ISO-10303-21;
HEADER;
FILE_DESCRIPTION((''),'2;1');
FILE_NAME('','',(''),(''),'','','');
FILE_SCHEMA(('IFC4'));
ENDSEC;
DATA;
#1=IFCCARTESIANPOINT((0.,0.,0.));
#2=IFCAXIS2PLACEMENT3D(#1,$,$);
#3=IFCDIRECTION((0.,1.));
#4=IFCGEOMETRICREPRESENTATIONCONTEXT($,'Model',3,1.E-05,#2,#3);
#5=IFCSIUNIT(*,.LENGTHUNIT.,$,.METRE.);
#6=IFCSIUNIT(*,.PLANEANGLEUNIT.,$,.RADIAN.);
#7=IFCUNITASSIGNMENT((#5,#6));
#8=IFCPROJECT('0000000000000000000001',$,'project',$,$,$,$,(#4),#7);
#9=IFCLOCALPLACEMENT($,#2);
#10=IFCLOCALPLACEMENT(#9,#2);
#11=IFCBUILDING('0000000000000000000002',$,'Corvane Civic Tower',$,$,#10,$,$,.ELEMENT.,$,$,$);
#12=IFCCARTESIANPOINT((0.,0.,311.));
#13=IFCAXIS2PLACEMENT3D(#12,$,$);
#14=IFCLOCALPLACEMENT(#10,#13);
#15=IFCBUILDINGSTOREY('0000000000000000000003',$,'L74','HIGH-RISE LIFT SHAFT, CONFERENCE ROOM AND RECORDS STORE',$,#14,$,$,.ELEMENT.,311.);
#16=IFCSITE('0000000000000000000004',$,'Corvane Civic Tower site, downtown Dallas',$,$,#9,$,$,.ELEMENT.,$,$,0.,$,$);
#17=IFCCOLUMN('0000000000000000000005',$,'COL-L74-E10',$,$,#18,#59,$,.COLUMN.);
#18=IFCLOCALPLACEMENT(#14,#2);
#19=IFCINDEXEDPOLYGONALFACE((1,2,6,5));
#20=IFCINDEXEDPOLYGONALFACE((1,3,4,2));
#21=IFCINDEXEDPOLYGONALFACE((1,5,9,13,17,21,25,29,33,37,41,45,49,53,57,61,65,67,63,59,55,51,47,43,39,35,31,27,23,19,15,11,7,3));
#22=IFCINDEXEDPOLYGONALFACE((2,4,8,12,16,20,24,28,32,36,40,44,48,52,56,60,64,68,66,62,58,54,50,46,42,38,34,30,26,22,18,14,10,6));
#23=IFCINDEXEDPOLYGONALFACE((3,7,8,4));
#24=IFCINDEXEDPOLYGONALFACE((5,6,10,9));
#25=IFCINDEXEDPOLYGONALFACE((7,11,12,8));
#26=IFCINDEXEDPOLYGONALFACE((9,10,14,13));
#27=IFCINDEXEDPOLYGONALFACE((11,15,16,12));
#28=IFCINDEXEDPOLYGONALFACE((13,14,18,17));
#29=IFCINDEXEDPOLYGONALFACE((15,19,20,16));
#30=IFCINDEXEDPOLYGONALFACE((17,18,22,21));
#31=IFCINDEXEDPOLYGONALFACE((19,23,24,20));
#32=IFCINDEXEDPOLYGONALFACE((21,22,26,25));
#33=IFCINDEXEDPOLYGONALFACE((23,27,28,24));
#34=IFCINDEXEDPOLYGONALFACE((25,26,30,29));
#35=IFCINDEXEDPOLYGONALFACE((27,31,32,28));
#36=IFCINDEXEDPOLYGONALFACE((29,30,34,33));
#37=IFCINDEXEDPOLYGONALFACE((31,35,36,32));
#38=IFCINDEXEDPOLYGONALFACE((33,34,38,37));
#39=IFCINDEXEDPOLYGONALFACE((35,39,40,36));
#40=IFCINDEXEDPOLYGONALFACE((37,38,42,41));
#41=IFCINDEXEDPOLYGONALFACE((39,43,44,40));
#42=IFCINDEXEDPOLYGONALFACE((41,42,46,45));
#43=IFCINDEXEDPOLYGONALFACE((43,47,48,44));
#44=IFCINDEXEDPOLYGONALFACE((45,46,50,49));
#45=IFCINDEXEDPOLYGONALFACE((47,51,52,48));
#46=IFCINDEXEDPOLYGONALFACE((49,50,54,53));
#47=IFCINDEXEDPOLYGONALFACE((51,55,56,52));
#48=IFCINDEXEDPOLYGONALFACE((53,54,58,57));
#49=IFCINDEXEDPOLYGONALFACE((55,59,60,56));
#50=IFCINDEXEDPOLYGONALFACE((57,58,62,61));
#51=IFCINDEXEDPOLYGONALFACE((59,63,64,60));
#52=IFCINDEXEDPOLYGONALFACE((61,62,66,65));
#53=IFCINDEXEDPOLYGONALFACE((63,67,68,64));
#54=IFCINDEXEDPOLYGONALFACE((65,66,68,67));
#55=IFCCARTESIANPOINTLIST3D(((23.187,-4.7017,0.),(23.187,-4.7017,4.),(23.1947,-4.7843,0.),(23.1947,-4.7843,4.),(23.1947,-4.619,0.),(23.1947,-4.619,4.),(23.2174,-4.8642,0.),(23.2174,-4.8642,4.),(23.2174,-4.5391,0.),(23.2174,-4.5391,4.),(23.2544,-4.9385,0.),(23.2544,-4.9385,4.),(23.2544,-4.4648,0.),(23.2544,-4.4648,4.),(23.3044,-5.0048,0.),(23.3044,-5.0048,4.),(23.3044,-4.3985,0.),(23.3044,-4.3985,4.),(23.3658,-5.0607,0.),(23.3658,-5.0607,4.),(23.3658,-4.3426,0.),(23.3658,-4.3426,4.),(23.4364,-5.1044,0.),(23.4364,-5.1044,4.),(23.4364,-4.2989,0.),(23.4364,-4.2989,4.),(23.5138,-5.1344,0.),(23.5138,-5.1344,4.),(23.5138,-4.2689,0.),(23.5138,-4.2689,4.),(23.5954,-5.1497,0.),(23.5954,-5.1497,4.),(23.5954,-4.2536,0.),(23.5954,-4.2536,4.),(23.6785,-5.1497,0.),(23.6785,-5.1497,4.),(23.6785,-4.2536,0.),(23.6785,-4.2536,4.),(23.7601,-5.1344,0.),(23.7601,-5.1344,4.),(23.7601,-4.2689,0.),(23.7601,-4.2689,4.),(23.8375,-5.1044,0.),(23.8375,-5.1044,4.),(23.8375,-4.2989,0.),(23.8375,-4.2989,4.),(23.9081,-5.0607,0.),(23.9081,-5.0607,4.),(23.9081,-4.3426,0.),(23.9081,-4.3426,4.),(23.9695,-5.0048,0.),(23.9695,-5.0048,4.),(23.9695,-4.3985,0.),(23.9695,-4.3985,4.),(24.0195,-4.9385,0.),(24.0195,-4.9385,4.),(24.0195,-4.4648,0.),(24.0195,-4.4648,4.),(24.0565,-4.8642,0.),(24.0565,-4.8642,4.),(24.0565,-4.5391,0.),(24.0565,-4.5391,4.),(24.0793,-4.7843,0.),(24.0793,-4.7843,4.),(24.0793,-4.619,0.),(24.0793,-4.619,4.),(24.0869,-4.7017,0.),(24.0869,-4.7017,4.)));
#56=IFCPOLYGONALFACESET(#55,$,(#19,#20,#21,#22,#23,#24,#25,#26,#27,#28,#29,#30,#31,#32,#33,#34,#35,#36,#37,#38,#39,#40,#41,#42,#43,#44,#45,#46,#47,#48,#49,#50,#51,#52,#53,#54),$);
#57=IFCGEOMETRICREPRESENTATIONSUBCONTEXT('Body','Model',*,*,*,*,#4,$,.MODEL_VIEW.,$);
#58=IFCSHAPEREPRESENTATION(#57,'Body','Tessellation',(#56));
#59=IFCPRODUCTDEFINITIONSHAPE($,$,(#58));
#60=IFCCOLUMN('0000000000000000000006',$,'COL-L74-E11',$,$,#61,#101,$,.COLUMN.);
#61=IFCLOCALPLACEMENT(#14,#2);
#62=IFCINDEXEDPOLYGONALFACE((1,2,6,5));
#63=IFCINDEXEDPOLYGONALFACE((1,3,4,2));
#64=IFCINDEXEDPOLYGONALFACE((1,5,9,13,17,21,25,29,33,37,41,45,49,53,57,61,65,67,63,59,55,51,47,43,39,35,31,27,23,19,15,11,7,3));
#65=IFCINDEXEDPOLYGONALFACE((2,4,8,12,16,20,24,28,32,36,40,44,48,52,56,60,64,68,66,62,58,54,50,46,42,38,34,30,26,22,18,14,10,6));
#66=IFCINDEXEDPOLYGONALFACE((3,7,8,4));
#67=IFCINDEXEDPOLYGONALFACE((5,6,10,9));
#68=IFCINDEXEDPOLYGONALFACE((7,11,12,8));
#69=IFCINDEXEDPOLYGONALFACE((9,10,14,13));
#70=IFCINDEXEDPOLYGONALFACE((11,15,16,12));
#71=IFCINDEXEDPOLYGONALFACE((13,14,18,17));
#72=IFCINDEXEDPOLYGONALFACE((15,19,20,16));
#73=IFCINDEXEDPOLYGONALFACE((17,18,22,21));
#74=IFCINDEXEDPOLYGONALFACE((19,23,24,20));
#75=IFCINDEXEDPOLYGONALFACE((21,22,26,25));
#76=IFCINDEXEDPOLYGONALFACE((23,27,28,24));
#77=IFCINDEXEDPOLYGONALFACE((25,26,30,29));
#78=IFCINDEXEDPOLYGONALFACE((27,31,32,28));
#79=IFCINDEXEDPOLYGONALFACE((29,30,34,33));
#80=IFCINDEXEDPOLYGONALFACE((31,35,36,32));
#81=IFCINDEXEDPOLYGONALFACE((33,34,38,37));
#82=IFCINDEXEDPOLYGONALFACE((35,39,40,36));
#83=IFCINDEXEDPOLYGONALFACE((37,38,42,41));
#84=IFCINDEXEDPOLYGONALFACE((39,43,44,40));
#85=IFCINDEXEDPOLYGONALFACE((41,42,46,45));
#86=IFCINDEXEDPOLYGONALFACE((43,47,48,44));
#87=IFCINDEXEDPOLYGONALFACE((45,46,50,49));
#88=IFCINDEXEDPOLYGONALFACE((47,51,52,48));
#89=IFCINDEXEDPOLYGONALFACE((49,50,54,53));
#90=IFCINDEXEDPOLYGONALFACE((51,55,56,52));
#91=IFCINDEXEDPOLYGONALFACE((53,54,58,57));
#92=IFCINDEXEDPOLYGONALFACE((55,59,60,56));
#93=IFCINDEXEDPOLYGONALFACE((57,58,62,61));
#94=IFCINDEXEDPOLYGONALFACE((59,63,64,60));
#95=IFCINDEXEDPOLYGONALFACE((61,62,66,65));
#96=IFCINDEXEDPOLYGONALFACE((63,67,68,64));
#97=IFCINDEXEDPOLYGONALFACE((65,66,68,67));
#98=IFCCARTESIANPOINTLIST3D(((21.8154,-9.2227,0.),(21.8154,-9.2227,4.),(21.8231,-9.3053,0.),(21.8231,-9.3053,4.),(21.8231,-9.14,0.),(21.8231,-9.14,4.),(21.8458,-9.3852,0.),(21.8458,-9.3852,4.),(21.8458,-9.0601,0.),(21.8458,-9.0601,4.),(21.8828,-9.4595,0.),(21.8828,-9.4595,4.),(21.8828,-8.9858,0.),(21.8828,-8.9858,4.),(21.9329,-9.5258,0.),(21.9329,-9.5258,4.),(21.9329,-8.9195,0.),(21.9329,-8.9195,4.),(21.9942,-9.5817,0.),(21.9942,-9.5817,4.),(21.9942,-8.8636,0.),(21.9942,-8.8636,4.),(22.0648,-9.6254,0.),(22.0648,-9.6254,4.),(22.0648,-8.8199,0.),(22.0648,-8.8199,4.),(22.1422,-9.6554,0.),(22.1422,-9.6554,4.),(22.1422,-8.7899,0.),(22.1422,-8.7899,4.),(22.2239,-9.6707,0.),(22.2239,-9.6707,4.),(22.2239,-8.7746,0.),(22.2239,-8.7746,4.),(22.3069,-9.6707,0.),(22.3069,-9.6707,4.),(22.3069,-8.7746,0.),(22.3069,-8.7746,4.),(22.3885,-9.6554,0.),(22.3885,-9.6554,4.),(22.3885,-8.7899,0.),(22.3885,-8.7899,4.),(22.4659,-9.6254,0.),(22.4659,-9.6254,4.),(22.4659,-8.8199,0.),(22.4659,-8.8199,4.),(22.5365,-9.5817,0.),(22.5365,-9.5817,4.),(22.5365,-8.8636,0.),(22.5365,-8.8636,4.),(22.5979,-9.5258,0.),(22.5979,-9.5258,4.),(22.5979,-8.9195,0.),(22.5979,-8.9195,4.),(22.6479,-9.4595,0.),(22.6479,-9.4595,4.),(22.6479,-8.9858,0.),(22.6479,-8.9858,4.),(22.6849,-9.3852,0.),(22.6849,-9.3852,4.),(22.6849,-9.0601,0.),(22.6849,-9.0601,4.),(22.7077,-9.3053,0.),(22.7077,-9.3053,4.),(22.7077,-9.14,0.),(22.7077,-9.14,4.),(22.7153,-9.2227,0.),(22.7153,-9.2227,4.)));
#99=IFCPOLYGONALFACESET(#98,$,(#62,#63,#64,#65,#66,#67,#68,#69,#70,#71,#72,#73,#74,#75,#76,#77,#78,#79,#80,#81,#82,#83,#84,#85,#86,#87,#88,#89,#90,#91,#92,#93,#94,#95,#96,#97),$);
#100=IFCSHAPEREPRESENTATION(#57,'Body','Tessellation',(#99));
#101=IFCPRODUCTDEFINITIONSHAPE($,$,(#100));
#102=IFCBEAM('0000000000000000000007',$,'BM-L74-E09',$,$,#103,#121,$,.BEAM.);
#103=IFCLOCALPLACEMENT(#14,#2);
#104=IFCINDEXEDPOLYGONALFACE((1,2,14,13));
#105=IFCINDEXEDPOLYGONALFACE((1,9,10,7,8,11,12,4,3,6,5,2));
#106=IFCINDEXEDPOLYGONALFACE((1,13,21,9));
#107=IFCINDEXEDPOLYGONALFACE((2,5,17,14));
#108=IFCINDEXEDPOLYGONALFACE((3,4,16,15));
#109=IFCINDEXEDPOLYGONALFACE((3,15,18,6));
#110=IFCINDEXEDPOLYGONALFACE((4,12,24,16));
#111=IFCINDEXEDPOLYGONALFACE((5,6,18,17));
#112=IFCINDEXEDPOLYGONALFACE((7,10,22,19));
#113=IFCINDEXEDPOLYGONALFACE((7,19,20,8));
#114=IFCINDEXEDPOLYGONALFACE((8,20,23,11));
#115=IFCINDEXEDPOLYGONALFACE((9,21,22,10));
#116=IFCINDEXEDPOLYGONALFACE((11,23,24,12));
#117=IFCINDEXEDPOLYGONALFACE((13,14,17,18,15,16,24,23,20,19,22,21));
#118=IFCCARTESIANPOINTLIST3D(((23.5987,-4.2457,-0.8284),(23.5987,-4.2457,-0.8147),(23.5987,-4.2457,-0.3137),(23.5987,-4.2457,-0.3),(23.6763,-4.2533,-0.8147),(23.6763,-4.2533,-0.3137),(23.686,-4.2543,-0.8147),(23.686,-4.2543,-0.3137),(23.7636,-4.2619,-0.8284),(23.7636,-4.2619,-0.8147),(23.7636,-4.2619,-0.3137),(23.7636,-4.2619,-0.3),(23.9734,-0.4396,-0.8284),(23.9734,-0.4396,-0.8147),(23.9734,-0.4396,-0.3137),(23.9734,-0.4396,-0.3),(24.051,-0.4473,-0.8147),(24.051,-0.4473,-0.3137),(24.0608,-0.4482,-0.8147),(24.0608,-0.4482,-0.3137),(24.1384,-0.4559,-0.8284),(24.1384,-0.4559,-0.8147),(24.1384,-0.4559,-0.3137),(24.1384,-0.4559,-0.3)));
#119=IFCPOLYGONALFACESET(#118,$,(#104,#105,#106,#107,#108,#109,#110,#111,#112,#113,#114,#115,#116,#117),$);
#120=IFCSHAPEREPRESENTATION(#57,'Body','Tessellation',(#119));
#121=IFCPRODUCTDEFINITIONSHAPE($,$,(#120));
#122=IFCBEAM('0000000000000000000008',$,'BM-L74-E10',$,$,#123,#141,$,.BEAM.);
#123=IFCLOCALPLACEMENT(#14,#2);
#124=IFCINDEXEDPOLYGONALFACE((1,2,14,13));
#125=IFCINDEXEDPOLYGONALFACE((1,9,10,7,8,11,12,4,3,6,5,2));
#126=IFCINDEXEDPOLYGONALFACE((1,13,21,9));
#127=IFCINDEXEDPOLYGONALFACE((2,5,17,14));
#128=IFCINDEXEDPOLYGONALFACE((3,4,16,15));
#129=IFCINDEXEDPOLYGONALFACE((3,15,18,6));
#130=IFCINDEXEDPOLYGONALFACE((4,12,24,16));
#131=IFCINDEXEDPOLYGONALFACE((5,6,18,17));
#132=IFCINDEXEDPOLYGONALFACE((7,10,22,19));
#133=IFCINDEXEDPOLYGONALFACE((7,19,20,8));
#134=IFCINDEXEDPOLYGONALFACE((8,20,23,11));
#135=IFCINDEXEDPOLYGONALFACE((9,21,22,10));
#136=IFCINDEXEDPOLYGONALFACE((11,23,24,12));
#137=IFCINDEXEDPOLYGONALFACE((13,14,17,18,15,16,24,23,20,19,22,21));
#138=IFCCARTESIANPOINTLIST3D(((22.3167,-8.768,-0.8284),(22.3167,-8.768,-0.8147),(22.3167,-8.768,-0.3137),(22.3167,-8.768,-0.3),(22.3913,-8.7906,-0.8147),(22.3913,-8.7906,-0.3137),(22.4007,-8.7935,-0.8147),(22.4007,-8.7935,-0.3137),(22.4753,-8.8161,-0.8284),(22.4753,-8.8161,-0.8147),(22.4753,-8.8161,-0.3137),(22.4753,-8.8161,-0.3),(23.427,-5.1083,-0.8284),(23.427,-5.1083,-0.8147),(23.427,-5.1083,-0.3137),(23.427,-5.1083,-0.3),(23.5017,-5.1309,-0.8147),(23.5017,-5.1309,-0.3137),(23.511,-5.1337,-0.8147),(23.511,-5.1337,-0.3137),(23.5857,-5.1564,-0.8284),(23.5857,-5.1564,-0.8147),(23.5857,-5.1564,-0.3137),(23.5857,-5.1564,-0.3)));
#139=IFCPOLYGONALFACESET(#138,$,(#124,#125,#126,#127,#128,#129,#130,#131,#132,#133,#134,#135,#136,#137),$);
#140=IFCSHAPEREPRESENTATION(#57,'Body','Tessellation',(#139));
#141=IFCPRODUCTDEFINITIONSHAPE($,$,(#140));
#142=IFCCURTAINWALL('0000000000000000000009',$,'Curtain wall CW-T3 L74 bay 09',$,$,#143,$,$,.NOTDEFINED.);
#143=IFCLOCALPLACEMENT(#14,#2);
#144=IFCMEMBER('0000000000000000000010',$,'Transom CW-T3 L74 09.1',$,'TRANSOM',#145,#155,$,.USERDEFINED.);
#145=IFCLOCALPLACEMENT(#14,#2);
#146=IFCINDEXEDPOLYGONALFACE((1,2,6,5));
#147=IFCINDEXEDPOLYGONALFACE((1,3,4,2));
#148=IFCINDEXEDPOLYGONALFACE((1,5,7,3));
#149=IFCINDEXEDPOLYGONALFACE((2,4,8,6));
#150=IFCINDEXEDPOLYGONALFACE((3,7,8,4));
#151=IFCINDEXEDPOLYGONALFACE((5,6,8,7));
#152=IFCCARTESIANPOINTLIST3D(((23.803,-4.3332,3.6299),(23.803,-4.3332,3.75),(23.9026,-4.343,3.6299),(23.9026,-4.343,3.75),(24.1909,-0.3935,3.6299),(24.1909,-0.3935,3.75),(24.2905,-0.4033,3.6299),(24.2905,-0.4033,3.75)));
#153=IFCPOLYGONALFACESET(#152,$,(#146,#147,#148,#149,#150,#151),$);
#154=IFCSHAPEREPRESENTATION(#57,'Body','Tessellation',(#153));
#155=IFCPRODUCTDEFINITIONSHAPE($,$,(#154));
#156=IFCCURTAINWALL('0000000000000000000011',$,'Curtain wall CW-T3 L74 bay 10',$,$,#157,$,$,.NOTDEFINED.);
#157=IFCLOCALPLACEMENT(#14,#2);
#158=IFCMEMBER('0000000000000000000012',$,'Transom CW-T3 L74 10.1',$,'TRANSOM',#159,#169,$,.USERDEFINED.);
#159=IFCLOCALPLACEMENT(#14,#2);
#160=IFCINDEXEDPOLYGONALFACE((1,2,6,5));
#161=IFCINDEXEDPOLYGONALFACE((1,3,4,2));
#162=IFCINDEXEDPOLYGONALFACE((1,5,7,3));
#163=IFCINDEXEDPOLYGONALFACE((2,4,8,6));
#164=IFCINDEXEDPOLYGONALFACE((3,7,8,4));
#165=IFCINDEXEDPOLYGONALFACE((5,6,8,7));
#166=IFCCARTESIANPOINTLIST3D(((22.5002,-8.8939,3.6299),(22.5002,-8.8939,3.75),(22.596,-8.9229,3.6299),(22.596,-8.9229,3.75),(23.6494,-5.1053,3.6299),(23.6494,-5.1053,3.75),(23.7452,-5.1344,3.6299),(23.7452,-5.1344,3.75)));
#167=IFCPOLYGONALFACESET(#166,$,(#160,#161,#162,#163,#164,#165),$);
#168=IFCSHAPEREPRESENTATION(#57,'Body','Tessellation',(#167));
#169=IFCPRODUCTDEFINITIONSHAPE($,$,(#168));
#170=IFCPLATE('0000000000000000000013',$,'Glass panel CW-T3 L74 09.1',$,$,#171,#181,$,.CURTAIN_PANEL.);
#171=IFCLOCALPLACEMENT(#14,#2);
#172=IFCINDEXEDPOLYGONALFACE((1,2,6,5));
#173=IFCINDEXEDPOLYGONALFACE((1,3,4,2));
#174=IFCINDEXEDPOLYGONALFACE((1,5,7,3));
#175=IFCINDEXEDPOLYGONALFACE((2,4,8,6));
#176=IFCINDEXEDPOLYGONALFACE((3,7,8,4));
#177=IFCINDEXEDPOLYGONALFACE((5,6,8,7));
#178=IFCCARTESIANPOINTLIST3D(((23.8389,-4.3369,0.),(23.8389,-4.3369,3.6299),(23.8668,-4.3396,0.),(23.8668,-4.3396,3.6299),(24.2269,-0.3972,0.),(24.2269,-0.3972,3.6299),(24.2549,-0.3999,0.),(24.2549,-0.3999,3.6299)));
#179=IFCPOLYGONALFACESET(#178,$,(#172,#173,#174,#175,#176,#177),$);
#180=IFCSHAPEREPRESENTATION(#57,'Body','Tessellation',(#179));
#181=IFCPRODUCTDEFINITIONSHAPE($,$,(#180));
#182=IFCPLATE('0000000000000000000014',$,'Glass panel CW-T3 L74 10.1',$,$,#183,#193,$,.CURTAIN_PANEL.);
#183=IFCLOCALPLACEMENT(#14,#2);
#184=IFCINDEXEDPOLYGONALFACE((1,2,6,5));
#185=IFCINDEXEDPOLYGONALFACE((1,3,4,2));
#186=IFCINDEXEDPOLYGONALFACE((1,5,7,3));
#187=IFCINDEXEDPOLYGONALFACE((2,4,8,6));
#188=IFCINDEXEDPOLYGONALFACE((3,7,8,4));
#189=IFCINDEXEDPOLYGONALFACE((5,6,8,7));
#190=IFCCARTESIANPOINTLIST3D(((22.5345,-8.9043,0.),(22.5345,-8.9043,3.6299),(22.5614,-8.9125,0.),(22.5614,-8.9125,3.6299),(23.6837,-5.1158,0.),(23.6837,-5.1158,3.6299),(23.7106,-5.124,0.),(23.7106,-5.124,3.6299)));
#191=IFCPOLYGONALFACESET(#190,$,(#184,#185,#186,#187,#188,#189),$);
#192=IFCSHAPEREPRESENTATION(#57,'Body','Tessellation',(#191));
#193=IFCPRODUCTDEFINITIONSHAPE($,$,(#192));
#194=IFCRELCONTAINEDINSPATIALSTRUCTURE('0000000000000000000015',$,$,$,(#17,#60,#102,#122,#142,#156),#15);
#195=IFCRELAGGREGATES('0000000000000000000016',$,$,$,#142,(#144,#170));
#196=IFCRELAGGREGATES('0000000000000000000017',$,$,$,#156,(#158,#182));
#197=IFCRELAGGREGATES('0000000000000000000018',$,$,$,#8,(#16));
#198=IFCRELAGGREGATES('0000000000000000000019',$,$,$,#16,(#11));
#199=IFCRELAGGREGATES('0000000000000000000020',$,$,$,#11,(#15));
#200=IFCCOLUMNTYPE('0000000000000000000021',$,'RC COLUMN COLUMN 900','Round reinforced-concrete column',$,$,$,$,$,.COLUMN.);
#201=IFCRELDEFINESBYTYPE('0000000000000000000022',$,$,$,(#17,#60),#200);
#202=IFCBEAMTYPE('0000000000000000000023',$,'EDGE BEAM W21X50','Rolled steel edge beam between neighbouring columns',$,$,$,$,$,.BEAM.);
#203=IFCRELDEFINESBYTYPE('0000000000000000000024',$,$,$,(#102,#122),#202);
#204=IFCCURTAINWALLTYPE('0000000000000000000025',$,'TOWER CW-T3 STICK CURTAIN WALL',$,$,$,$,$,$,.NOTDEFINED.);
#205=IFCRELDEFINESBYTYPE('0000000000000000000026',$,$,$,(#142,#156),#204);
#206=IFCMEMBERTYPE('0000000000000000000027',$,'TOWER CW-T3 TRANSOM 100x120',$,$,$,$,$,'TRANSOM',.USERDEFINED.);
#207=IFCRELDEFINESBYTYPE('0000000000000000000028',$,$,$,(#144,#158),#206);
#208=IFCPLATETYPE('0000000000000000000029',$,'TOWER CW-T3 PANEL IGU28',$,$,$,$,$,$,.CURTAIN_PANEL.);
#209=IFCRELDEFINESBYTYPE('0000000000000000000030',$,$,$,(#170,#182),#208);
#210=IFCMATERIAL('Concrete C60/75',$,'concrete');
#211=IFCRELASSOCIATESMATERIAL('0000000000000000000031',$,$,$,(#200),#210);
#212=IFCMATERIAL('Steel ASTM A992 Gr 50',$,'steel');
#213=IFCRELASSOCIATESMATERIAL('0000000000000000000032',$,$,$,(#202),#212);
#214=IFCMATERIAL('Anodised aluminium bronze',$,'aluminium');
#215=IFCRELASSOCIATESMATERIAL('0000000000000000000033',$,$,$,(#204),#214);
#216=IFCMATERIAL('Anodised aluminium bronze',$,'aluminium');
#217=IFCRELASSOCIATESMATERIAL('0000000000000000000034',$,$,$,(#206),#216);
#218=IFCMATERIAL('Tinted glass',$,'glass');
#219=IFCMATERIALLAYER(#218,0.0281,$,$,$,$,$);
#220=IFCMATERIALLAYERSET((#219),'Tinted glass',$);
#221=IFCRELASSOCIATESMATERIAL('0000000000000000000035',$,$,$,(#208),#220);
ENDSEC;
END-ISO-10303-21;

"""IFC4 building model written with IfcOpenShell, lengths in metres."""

from ifc_helpers import new_model, si_unit, direction, frame, origin, origin_2d, place, context, subcontext, project, spatial, rectangle, circle, i_section, extrude, material, layer, layer_set, material_profile, profile_set, type_object, element, aggregate, save


model = new_model("IFC4")

# Units and contexts
model_context = context("Model", 3, precision=1e-05, world=origin(), true_north=direction((0.0, 1.0)))
body_context = subcontext(model_context, "Body", "Model", "MODEL_VIEW")
ifc_project = project(units=[si_unit("LENGTHUNIT", "METRE"), si_unit("PLANEANGLEUNIT", "RADIAN")], contexts=[model_context])

# Site, building, storey
site_placement = place(None, origin())
site = spatial("IfcSite", under=ifc_project, at=site_placement, Name="Corvane Civic Tower site, downtown Dallas", CompositionType="ELEMENT", RefElevation=0.0)
building_placement = place(site_placement, origin())
building = spatial("IfcBuilding", under=site, at=building_placement, Name="Corvane Civic Tower", CompositionType="ELEMENT")
storey_placement = place(building_placement, frame((0.0, 0.0, 311.0)))
storey = spatial("IfcBuildingStorey", under=building, at=storey_placement, Name="L74", Description="HIGH-RISE LIFT SHAFT, CONFERENCE ROOM AND RECORDS STORE", CompositionType="ELEMENT", Elevation=311.0)

# Columns
ifc_material_1 = material(Name="Concrete C60/75", Category="concrete")
ifc_material_profile_1 = material_profile(ifc_material_1, circle(Radius=0.45, at=origin_2d()), Name="COLUMN 900")
ifc_profile_set_1 = profile_set([ifc_material_profile_1], Name="Concrete C60/75")
column_type = type_object("IfcColumnType", Name="RC COLUMN COLUMN 900", Description="Round reinforced-concrete column", PredefinedType="COLUMN", material=ifc_profile_set_1)
for number, where, z_axis, x_axis, name in (
    (1, (23.637, -4.7017, 0.0), (0.0, 0.0, 1.0), (1.0, 0.0, 0.0), "COL-L74-E10"),
    (2, (22.2654, -9.2227, 0.0), (0.0, 0.0, 1.0), (1.0, 0.0, 0.0), "COL-L74-E11"),
):
    element("IfcColumn", number, at=place(storey_placement, frame(where, z_axis=z_axis, x_axis=x_axis)), inside=storey, type_object=column_type, Name=name, PredefinedType="COLUMN", context=body_context, shape_type="SweptSolid", body=[
        extrude(circle(Radius=0.45, at=origin_2d()), origin(), (0.0, 0.0, 1.0), 4.0),
    ])

# Beams
ifc_material_2 = material(Name="Steel ASTM A992 Gr 50", Category="steel")
ifc_material_profile_2 = material_profile(ifc_material_2, i_section(OverallWidth=0.1658, OverallDepth=0.5283, WebThickness=0.0098, FlangeThickness=0.0137, at=origin_2d()), Name="W21X50")
ifc_profile_set_2 = profile_set([ifc_material_profile_2], Name="Steel ASTM A992 Gr 50")
beam_type = type_object("IfcBeamType", Name="EDGE BEAM W21X50", Description="Rolled steel edge beam between neighbouring columns", PredefinedType="BEAM", material=ifc_profile_set_2)
for number, where, z_axis, x_axis, name in (
    (3, (24.0559, -0.4478, -0.5642), (-0.097987, -0.995188, 0.0), (0.995188, -0.097987, 0.0), "BM-L74-E09"),
    (4, (23.5063, -5.1323, -0.5642), (-0.290333, -0.956926, 0.0), (0.956926, -0.290333, 0.0), "BM-L74-E10"),
):
    element("IfcBeam", number, at=place(storey_placement, frame(where, z_axis=z_axis, x_axis=x_axis)), inside=storey, type_object=beam_type, Name=name, PredefinedType="BEAM", context=body_context, shape_type="SweptSolid", body=[
        extrude(i_section(OverallWidth=0.1658, OverallDepth=0.5283, WebThickness=0.0098, FlangeThickness=0.0137, at=origin_2d()), origin(), (0.0, 0.0, 1.0), 3.8245),
    ])

# Curtain walls, members
ifc_material_3 = material(Name="Anodised aluminium bronze", Category="aluminium")
curtain_wall_type = type_object("IfcCurtainWallType", Name="TOWER CW-T3 STICK CURTAIN WALL", PredefinedType="NOTDEFINED", material=ifc_material_3)
curtain_wall_1_placement = place(storey_placement, origin())
curtain_wall_1 = element("IfcCurtainWall", 5, at=curtain_wall_1_placement, inside=storey, type_object=curtain_wall_type, Name="Curtain wall CW-T3 L74 bay 09", PredefinedType="NOTDEFINED")
ifc_material_4 = material(Name="Anodised aluminium bronze", Category="aluminium")
ifc_material_profile_3 = material_profile(ifc_material_4, rectangle(XDim=0.1001, YDim=0.1201, at=origin_2d()), Name="TOWER CW-T3 TRANSOM 100x120")
ifc_profile_set_3 = profile_set([ifc_material_profile_3], Name="Anodised aluminium bronze")
member_type = type_object("IfcMemberType", Name="TOWER CW-T3 TRANSOM 100x120", ElementType="TRANSOM", PredefinedType="USERDEFINED", material=ifc_profile_set_3)
member_1_placement = place(storey_placement, frame((24.2407, -0.3984, 3.6899), z_axis=(-0.097995, -0.995187, 0.0), x_axis=(0.995187, -0.097995, 0.0)))
member_1 = element("IfcMember", 6, at=member_1_placement, type_object=member_type, Name="Transom CW-T3 L74 09.1", ObjectType="TRANSOM", PredefinedType="USERDEFINED", context=body_context, shape_type="SweptSolid", body=[
    extrude(rectangle(XDim=0.1001, YDim=0.1201, at=origin_2d()), origin(), (0.0, 0.0, 1.0), 3.9587),
])
curtain_wall_2_placement = place(storey_placement, origin())
curtain_wall_2 = element("IfcCurtainWall", 7, at=curtain_wall_2_placement, inside=storey, type_object=curtain_wall_type, Name="Curtain wall CW-T3 L74 bay 10", PredefinedType="NOTDEFINED")
member_2_placement = place(storey_placement, frame((23.6973, -5.1199, 3.6899), z_axis=(-0.290266, -0.956946, 0.0), x_axis=(0.956946, -0.290266, 0.0)))
member_2 = element("IfcMember", 8, at=member_2_placement, type_object=member_type, Name="Transom CW-T3 L74 10.1", ObjectType="TRANSOM", PredefinedType="USERDEFINED", context=body_context, shape_type="SweptSolid", body=[
    extrude(rectangle(XDim=0.1001, YDim=0.1201, at=origin_2d()), origin(), (0.0, 0.0, 1.0), 3.959),
])

# Plates
ifc_material_5 = material(Name="Tinted glass", Category="glass")
ifc_layer_1 = layer(ifc_material_5, 0.0281)
ifc_layer_set_1 = layer_set([ifc_layer_1], Name="Tinted glass")
plate_type = type_object("IfcPlateType", Name="TOWER CW-T3 PANEL IGU28", PredefinedType="CURTAIN_PANEL", material=ifc_layer_set_1)
plate_1_placement = place(storey_placement, frame((24.0469, -2.3684, 0.0), z_axis=(0.0, 0.0, 1.0), x_axis=(-0.098021, -0.995184, 0.0)))
plate_1 = element("IfcPlate", 9, at=plate_1_placement, type_object=plate_type, Name="Glass panel CW-T3 L74 09.1", PredefinedType="CURTAIN_PANEL", context=body_context, shape_type="SweptSolid", body=[
    extrude(rectangle(XDim=3.9587, YDim=0.0281, at=origin_2d()), origin(), (0.0, 0.0, 1.0), 3.6299),
])
aggregate(curtain_wall_1, [member_1, plate_1])
plate_2_placement = place(storey_placement, frame((23.1226, -7.0142, 0.0), z_axis=(0.0, 0.0, 1.0), x_axis=(-0.290274, -0.956944, 0.0)))
plate_2 = element("IfcPlate", 10, at=plate_2_placement, type_object=plate_type, Name="Glass panel CW-T3 L74 10.1", PredefinedType="CURTAIN_PANEL", context=body_context, shape_type="SweptSolid", body=[
    extrude(rectangle(XDim=3.959, YDim=0.0281, at=origin_2d()), origin(), (0.0, 0.0, 1.0), 3.6299),
])
aggregate(curtain_wall_2, [member_2, plate_2])

save(model, "model.ifc")
